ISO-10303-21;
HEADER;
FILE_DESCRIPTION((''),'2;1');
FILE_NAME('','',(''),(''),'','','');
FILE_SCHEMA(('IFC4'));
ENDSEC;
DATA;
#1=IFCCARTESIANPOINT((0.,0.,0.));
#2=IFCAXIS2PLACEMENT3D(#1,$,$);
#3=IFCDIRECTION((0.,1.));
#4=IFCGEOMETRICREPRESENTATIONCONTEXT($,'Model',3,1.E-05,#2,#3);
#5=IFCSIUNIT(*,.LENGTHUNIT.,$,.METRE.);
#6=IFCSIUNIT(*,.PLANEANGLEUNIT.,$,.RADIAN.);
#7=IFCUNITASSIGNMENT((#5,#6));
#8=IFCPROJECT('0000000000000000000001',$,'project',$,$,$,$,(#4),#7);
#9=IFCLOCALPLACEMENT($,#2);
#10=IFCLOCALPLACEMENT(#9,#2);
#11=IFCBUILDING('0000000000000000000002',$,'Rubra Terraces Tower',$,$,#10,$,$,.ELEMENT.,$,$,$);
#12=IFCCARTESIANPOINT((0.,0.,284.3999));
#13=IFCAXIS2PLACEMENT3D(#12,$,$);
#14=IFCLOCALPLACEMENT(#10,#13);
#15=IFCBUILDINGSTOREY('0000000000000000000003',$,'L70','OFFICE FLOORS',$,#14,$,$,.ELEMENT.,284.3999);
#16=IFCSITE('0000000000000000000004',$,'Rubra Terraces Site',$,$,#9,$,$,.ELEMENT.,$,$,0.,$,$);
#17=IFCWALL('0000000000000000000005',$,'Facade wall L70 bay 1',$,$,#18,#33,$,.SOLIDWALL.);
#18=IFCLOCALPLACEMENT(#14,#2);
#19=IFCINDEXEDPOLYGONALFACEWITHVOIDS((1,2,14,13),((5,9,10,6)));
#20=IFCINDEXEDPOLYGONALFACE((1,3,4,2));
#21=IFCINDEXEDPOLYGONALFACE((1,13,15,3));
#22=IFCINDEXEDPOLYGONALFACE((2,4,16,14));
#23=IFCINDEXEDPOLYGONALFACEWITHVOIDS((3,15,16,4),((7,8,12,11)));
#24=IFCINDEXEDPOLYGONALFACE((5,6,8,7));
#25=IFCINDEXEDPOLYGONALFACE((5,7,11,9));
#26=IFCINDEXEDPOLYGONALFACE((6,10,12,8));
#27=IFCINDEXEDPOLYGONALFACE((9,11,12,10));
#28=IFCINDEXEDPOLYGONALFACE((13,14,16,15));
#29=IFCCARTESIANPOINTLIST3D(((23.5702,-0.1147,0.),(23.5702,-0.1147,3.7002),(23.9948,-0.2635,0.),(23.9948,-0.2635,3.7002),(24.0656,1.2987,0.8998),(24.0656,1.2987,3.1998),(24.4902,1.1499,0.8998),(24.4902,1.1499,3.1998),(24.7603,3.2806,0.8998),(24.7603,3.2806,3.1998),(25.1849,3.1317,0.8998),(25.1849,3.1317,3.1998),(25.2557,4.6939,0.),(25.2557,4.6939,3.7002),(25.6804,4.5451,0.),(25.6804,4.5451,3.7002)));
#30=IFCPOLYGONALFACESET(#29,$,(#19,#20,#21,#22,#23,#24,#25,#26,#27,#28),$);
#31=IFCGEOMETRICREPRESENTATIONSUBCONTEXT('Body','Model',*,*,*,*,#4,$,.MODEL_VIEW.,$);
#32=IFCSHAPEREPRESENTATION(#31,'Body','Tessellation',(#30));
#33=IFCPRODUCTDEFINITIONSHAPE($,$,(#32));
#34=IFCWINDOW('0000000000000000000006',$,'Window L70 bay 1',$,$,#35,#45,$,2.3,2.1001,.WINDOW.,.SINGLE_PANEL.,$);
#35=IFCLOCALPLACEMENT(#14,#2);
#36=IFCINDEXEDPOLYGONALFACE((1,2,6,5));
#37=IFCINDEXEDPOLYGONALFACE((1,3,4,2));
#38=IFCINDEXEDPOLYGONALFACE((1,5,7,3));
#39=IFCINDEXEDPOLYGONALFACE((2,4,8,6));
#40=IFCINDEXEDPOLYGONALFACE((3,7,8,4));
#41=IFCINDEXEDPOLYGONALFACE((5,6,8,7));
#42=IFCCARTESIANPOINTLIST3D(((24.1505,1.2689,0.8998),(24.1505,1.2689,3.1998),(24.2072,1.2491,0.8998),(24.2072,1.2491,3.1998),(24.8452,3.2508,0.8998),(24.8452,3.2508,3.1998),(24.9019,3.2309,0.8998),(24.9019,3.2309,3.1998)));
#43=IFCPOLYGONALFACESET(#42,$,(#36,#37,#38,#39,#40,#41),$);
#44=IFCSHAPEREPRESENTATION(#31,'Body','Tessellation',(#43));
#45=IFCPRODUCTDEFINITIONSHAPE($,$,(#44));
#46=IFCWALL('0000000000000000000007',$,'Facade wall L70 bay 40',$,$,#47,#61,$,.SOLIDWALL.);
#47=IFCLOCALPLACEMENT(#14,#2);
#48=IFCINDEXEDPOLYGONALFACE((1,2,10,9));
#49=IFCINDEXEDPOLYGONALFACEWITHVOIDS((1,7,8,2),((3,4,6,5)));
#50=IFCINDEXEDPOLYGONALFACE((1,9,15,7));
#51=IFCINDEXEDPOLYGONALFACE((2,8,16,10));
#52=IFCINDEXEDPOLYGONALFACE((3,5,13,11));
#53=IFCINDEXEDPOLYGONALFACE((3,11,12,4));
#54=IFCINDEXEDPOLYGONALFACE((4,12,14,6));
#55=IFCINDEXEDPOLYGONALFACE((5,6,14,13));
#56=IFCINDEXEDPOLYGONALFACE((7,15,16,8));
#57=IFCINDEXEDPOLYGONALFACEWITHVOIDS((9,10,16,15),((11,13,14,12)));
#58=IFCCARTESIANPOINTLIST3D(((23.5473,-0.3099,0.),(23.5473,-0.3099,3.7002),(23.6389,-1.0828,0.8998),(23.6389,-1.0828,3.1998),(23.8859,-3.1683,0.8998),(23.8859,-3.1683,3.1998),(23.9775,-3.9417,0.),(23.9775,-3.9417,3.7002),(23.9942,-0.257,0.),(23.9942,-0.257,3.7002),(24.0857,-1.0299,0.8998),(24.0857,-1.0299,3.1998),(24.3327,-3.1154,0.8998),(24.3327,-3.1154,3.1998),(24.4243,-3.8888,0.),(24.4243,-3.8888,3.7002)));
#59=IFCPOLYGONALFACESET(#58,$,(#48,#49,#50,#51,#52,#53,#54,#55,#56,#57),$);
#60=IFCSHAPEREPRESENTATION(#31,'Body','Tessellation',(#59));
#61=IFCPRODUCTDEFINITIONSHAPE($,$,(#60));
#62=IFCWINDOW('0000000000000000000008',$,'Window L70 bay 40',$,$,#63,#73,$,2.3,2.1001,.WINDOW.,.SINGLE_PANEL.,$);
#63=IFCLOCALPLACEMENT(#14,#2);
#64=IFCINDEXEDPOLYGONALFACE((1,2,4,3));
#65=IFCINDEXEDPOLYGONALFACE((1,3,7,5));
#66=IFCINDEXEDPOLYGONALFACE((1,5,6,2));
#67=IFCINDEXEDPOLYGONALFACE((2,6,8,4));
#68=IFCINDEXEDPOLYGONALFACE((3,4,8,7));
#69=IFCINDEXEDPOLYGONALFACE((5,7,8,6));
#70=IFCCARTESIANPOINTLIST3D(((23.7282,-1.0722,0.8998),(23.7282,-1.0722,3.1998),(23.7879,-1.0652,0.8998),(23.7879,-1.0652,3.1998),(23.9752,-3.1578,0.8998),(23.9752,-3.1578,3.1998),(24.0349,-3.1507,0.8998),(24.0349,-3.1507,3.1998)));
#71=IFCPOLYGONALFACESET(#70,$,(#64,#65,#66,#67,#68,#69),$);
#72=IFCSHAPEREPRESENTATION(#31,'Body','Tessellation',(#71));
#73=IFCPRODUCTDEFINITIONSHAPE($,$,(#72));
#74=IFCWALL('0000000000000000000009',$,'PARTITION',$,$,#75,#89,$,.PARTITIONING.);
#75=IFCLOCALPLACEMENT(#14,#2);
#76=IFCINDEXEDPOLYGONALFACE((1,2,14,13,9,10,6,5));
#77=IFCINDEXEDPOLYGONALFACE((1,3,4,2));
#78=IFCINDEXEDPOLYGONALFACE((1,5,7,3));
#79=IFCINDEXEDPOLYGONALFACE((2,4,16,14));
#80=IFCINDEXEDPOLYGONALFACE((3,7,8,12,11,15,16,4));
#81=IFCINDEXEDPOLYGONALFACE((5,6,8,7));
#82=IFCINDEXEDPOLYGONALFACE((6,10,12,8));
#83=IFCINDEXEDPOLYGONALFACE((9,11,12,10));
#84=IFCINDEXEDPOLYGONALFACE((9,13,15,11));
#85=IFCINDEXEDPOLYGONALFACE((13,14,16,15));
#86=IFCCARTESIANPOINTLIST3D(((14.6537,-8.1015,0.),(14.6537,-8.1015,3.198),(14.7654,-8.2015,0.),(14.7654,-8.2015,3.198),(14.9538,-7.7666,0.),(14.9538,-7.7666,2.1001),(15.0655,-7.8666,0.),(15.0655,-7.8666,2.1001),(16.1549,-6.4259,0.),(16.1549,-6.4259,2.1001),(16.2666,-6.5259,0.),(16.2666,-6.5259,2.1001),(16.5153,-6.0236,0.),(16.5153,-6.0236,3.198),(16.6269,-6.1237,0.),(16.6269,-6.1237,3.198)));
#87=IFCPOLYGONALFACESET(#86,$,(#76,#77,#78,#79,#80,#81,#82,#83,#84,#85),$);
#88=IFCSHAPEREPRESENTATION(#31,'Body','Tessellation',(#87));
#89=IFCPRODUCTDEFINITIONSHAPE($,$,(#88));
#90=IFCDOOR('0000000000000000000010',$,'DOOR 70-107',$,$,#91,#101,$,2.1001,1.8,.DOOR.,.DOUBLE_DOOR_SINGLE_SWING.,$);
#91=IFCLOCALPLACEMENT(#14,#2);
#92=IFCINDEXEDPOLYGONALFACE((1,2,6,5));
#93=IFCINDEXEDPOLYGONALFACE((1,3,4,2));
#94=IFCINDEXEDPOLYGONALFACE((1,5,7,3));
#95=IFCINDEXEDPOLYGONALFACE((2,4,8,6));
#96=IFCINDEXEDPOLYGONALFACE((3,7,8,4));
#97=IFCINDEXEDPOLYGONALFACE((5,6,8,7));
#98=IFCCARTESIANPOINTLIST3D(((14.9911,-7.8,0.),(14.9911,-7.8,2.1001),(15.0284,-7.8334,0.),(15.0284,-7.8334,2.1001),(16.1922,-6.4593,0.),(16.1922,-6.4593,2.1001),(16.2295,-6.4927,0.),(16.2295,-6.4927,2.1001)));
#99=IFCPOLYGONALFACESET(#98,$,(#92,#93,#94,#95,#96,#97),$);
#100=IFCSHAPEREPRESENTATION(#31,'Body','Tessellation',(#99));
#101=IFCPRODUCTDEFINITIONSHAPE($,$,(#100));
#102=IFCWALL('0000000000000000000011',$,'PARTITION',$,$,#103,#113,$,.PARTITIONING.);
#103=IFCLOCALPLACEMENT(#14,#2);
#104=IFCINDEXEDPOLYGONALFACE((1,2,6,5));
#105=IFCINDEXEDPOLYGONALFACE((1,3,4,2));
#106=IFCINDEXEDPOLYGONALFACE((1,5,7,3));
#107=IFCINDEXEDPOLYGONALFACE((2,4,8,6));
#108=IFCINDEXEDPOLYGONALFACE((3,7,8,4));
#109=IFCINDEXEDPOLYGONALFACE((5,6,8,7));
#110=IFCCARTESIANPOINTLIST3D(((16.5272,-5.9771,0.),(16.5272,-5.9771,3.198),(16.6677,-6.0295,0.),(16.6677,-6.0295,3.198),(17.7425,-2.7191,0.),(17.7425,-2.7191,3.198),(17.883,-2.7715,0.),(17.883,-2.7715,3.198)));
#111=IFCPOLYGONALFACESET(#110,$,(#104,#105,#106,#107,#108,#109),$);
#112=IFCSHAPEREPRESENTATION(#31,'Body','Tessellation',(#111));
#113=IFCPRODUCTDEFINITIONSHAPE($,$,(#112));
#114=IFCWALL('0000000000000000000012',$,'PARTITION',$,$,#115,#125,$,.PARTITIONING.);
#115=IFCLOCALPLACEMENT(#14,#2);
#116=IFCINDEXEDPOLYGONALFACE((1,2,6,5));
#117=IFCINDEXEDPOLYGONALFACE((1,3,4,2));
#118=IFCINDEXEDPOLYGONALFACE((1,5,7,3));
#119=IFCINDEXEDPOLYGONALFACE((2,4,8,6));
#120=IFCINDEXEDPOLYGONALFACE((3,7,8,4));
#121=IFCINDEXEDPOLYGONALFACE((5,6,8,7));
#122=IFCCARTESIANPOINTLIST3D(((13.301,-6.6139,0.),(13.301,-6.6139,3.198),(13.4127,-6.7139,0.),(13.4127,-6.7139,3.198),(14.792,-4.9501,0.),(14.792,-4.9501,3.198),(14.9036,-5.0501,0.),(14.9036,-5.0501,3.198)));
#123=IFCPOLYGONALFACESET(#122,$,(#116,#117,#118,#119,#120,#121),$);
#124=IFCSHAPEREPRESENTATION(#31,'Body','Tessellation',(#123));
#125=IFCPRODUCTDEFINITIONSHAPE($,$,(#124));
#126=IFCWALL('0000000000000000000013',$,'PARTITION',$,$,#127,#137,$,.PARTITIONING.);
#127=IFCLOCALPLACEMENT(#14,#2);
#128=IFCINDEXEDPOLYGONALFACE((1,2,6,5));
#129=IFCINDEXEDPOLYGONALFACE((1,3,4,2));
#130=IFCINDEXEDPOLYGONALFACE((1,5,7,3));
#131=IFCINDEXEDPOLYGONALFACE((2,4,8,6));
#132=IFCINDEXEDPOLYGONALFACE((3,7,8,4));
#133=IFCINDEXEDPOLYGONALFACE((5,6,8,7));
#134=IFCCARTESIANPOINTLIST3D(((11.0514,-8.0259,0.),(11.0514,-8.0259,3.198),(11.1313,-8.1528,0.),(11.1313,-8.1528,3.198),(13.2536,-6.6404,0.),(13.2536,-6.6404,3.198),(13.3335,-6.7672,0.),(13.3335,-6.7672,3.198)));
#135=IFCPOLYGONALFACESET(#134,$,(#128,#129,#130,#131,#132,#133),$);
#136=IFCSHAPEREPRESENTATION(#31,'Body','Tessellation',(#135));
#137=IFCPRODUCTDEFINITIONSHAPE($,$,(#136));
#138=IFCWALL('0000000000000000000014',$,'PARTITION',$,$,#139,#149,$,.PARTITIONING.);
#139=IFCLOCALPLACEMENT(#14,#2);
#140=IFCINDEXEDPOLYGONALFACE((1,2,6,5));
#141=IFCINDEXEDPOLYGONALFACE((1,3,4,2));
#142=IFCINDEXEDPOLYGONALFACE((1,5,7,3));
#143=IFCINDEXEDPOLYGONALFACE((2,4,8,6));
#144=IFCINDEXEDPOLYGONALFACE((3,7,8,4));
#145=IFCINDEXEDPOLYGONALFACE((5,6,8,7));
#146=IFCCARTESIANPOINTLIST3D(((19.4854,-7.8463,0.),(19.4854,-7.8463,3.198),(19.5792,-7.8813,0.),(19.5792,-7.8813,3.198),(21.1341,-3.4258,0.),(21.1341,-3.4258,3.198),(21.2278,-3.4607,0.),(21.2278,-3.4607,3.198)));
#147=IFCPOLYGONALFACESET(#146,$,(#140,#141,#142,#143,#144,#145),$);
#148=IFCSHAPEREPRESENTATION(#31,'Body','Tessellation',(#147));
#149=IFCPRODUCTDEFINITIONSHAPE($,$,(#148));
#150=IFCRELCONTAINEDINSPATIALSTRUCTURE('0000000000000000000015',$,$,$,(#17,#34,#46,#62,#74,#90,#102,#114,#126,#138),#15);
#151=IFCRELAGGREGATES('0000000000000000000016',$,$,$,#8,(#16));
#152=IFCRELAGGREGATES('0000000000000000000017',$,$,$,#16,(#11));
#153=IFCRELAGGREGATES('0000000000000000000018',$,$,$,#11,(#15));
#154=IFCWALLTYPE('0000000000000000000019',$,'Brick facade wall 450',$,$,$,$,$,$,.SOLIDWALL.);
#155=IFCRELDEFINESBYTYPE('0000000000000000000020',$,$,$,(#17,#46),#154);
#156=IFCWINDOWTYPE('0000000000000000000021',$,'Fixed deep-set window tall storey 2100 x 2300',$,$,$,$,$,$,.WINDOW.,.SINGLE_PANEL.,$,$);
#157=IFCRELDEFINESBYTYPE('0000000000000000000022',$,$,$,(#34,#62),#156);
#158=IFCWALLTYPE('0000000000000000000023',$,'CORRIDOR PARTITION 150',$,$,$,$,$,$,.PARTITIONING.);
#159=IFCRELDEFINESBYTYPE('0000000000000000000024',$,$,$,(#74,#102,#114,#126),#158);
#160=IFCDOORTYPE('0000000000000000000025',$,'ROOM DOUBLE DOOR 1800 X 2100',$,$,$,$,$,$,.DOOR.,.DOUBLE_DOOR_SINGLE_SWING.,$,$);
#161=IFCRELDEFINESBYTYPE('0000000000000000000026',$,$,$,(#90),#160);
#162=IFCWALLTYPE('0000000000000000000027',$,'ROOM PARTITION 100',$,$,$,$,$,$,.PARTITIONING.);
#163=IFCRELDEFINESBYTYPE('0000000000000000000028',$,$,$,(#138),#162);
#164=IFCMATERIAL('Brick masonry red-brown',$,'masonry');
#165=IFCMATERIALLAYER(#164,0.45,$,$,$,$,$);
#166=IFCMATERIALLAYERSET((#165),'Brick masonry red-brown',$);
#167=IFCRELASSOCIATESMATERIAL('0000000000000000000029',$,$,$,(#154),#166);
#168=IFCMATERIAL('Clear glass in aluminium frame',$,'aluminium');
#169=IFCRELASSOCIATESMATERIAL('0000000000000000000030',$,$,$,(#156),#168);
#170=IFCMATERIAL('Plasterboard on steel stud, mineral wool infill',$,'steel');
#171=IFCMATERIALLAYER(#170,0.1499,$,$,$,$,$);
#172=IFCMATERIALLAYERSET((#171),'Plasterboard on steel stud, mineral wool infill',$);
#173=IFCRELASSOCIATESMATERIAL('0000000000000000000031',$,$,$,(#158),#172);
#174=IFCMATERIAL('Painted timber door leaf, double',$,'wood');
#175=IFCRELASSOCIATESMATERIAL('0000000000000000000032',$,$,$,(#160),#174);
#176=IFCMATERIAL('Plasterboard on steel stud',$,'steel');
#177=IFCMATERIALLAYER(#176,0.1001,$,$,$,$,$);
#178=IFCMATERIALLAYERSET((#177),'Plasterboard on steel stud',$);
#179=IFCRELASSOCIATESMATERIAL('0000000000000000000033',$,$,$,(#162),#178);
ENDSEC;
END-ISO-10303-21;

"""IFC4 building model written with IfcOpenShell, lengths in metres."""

from ifc_helpers import new_model, si_unit, direction, frame, frame_2d, origin, place, context, subcontext, project, spatial, rectangle, extrude, material, layer, layer_set, type_object, element, fill, save


model = new_model("IFC4")

# Units and contexts
model_context = context("Model", 3, precision=1e-05, world=origin(), true_north=direction((0.0, 1.0)))
body_context = subcontext(model_context, "Body", "Model", "MODEL_VIEW")
ifc_project = project(units=[si_unit("LENGTHUNIT", "METRE"), si_unit("PLANEANGLEUNIT", "RADIAN")], contexts=[model_context])

# Site, building, storey
site_placement = place(None, origin())
site = spatial("IfcSite", under=ifc_project, at=site_placement, Name="Rubra Terraces Site", CompositionType="ELEMENT", RefElevation=0.0)
building_placement = place(site_placement, origin())
building = spatial("IfcBuilding", under=site, at=building_placement, Name="Rubra Terraces Tower", CompositionType="ELEMENT")
storey_placement = place(building_placement, frame((0.0, 0.0, 284.3999)))
storey = spatial("IfcBuildingStorey", under=building, at=storey_placement, Name="L70", Description="OFFICE FLOORS", CompositionType="ELEMENT", Elevation=284.3999)

# Walls, openings, windows
ifc_material_1 = material(Name="Brick masonry red-brown", Category="masonry")
ifc_layer_1 = layer(ifc_material_1, 0.45)
ifc_layer_set_1 = layer_set([ifc_layer_1], Name="Brick masonry red-brown")
wall_type_1 = type_object("IfcWallType", Name="Brick facade wall 450", PredefinedType="SOLIDWALL", material=ifc_layer_set_1)
wall_1_placement = place(storey_placement, frame((23.7825, -0.1892, 0.0), z_axis=(0.0, 0.0, 1.0), x_axis=(0.330794, 0.943703, 0.0)))
wall_1 = element("IfcWall", 1, at=wall_1_placement, inside=storey, type_object=wall_type_1, Name="Facade wall L70 bay 1", PredefinedType="SOLIDWALL", context=body_context, shape_type="SweptSolid", body=[
    extrude(rectangle(XDim=5.0955, YDim=0.45, at=frame_2d((2.5479, 0.0))), origin(), (0.0, 0.0, 1.0), 3.7002),
])
opening_1_placement = place(wall_1_placement, frame((1.4978, 0.0, 0.8999)))
opening_1 = element("IfcOpeningElement", 2, at=opening_1_placement, cuts=wall_1, PredefinedType="OPENING", context=body_context, shape_type="SweptSolid", body=[
    extrude(rectangle(XDim=2.1001, YDim=2.3, at=frame_2d((1.05, 1.1499))), frame((0.0, 0.2349, 0.0), z_axis=(0.0, -1.0, 0.0), x_axis=(1.0, 0.0, 0.0)), (0.0, 0.0, 1.0), 0.47),
])
ifc_material_2 = material(Name="Clear glass in aluminium frame", Category="aluminium")
window_type = type_object("IfcWindowType", Name="Fixed deep-set window tall storey 2100 x 2300", PartitioningType="SINGLE_PANEL", PredefinedType="WINDOW", material=ifc_material_2)
window_1_placement = place(opening_1_placement, origin())
window_1 = element("IfcWindow", 3, at=window_1_placement, inside=storey, type_object=window_type, Name="Window L70 bay 1", OverallHeight=2.3, OverallWidth=2.1001, PartitioningType="SINGLE_PANEL", PredefinedType="WINDOW", context=body_context, shape_type="SweptSolid", body=[
    extrude(rectangle(XDim=2.1001, YDim=2.3, at=frame_2d((1.05, 1.1499))), frame((0.0, 0.135, 0.0), z_axis=(0.0, -1.0, 0.0), x_axis=(1.0, 0.0, 0.0)), (0.0, 0.0, 1.0), 0.0601),
])
fill(opening_1, window_1)
wall_2_placement = place(storey_placement, frame((24.2009, -3.9153, 0.0), z_axis=(0.0, 0.0, 1.0), x_axis=(-0.117624, 0.993058, 0.0)))
wall_2 = element("IfcWall", 4, at=wall_2_placement, inside=storey, type_object=wall_type_1, Name="Facade wall L70 bay 40", PredefinedType="SOLIDWALL", context=body_context, shape_type="SweptSolid", body=[
    extrude(rectangle(XDim=3.6572, YDim=0.45, at=frame_2d((1.8286, 0.0))), origin(), (0.0, 0.0, 1.0), 3.7002),
])
opening_2_placement = place(wall_2_placement, frame((0.7788, 0.0, 0.8999)))
opening_2 = element("IfcOpeningElement", 5, at=opening_2_placement, cuts=wall_2, PredefinedType="OPENING", context=body_context, shape_type="SweptSolid", body=[
    extrude(rectangle(XDim=2.1001, YDim=2.3, at=frame_2d((1.05, 1.1499))), frame((0.0, 0.2349, 0.0), z_axis=(0.0, -1.0, 0.0), x_axis=(1.0, 0.0, 0.0)), (0.0, 0.0, 1.0), 0.47),
])
window_2_placement = place(opening_2_placement, origin())
window_2 = element("IfcWindow", 6, at=window_2_placement, inside=storey, type_object=window_type, Name="Window L70 bay 40", OverallHeight=2.3, OverallWidth=2.1001, PartitioningType="SINGLE_PANEL", PredefinedType="WINDOW", context=body_context, shape_type="SweptSolid", body=[
    extrude(rectangle(XDim=2.1001, YDim=2.3, at=frame_2d((1.05, 1.1499))), frame((0.0, 0.135, 0.0), z_axis=(0.0, -1.0, 0.0), x_axis=(1.0, 0.0, 0.0)), (0.0, 0.0, 1.0), 0.0601),
])
fill(opening_2, window_2)

# Wall, opening, door
ifc_material_3 = material(Name="Plasterboard on steel stud, mineral wool infill", Category="steel")
ifc_layer_2 = layer(ifc_material_3, 0.1499)
ifc_layer_set_2 = layer_set([ifc_layer_2], Name="Plasterboard on steel stud, mineral wool infill")
wall_type_2 = type_object("IfcWallType", Name="CORRIDOR PARTITION 150", PredefinedType="PARTITIONING", material=ifc_layer_set_2)
wall_3_placement = place(storey_placement, frame((14.7095, -8.1516, 0.0), z_axis=(0.0, 0.0, 1.0), x_axis=(0.667276, 0.744811, 0.0)))
wall_3 = element("IfcWall", 7, at=wall_3_placement, inside=storey, type_object=wall_type_2, Name="PARTITION", PredefinedType="PARTITIONING", context=body_context, shape_type="SweptSolid", body=[
    extrude(rectangle(XDim=2.7898, YDim=0.1499, at=frame_2d((1.395, 0.0))), origin(), (0.0, 0.0, 1.0), 3.198),
])
opening_3_placement = place(wall_3_placement, frame((0.45, 0.0, 0.0)))
opening_3 = element("IfcOpeningElement", 8, at=opening_3_placement, cuts=wall_3, PredefinedType="OPENING", context=body_context, shape_type="SweptSolid", body=[
    extrude(rectangle(XDim=1.8, YDim=2.1001, at=frame_2d((0.8999, 1.05))), frame((0.0, 0.085, 0.0), z_axis=(0.0, -1.0, 0.0), x_axis=(1.0, 0.0, 0.0)), (0.0, 0.0, 1.0), 0.1699),
])
ifc_material_4 = material(Name="Painted timber door leaf, double", Category="wood")
door_type_1 = type_object("IfcDoorType", Name="ROOM DOUBLE DOOR 1800 X 2100", OperationType="DOUBLE_DOOR_SINGLE_SWING", PredefinedType="DOOR", material=ifc_material_4)
door_1_placement = place(opening_3_placement, origin())
door_1 = element("IfcDoor", 9, at=door_1_placement, inside=storey, type_object=door_type_1, Name="DOOR 70-107", OperationType="DOUBLE_DOOR_SINGLE_SWING", OverallHeight=2.1001, OverallWidth=1.8, PredefinedType="DOOR", context=body_context, shape_type="SweptSolid", body=[
    extrude(rectangle(XDim=1.8, YDim=2.1001, at=frame_2d((0.8999, 1.05))), frame((0.0, 0.0249, 0.0), z_axis=(0.0, -1.0, 0.0), x_axis=(1.0, 0.0, 0.0)), (0.0, 0.0, 1.0), 0.05),
])
fill(opening_3, door_1)

# Wall
wall_4_placement = place(storey_placement, frame((16.5974, -6.0034, 0.0), z_axis=(0.0, 0.0, 1.0), x_axis=(0.349499, 0.936937, 0.0)))
element("IfcWall", 10, at=wall_4_placement, inside=storey, type_object=wall_type_2, Name="PARTITION", PredefinedType="PARTITIONING", context=body_context, shape_type="SweptSolid", body=[
    extrude(rectangle(XDim=3.4773, YDim=0.1499, at=frame_2d((1.7388, 0.0))), origin(), (0.0, 0.0, 1.0), 3.198),
])

# Walls
wall_5_placement = place(storey_placement, frame((14.8479, -5.0, 0.0), z_axis=(0.0, 0.0, 1.0), x_axis=(-0.667363, -0.744732, 0.0)))
element("IfcWall", 11, at=wall_5_placement, inside=storey, type_object=wall_type_2, Name="PARTITION", PredefinedType="PARTITIONING", context=body_context, shape_type="SweptSolid", body=[
    extrude(rectangle(XDim=2.2341, YDim=0.1499, at=frame_2d((1.1172, 0.0))), origin(), (0.0, 0.0, 1.0), 3.198),
])
wall_6_placement = place(storey_placement, frame((13.2935, -6.7039, 0.0), z_axis=(0.0, 0.0, 1.0), x_axis=(-0.846413, -0.532527, 0.0)))
element("IfcWall", 12, at=wall_6_placement, inside=storey, type_object=wall_type_2, Name="PARTITION", PredefinedType="PARTITIONING", context=body_context, shape_type="SweptSolid", body=[
    extrude(rectangle(XDim=2.6018, YDim=0.1499, at=frame_2d((1.3008, 0.0))), origin(), (0.0, 0.0, 1.0), 3.198),
])
ifc_material_5 = material(Name="Plasterboard on steel stud", Category="steel")
ifc_layer_3 = layer(ifc_material_5, 0.1001)
ifc_layer_set_3 = layer_set([ifc_layer_3], Name="Plasterboard on steel stud")
wall_type_3 = type_object("IfcWallType", Name="ROOM PARTITION 100", PredefinedType="PARTITIONING", material=ifc_layer_set_3)
wall_7_placement = place(storey_placement, frame((21.1809, -3.4434, 0.0), z_axis=(0.0, 0.0, 1.0), x_axis=(-0.349439, -0.936959, 0.0)))
element("IfcWall", 13, at=wall_7_placement, inside=storey, type_object=wall_type_3, Name="PARTITION", PredefinedType="PARTITIONING", context=body_context, shape_type="SweptSolid", body=[
    extrude(rectangle(XDim=4.718, YDim=0.1001, at=frame_2d((2.3589, 0.0))), origin(), (0.0, 0.0, 1.0), 3.198),
])

save(model, "model.ifc")
